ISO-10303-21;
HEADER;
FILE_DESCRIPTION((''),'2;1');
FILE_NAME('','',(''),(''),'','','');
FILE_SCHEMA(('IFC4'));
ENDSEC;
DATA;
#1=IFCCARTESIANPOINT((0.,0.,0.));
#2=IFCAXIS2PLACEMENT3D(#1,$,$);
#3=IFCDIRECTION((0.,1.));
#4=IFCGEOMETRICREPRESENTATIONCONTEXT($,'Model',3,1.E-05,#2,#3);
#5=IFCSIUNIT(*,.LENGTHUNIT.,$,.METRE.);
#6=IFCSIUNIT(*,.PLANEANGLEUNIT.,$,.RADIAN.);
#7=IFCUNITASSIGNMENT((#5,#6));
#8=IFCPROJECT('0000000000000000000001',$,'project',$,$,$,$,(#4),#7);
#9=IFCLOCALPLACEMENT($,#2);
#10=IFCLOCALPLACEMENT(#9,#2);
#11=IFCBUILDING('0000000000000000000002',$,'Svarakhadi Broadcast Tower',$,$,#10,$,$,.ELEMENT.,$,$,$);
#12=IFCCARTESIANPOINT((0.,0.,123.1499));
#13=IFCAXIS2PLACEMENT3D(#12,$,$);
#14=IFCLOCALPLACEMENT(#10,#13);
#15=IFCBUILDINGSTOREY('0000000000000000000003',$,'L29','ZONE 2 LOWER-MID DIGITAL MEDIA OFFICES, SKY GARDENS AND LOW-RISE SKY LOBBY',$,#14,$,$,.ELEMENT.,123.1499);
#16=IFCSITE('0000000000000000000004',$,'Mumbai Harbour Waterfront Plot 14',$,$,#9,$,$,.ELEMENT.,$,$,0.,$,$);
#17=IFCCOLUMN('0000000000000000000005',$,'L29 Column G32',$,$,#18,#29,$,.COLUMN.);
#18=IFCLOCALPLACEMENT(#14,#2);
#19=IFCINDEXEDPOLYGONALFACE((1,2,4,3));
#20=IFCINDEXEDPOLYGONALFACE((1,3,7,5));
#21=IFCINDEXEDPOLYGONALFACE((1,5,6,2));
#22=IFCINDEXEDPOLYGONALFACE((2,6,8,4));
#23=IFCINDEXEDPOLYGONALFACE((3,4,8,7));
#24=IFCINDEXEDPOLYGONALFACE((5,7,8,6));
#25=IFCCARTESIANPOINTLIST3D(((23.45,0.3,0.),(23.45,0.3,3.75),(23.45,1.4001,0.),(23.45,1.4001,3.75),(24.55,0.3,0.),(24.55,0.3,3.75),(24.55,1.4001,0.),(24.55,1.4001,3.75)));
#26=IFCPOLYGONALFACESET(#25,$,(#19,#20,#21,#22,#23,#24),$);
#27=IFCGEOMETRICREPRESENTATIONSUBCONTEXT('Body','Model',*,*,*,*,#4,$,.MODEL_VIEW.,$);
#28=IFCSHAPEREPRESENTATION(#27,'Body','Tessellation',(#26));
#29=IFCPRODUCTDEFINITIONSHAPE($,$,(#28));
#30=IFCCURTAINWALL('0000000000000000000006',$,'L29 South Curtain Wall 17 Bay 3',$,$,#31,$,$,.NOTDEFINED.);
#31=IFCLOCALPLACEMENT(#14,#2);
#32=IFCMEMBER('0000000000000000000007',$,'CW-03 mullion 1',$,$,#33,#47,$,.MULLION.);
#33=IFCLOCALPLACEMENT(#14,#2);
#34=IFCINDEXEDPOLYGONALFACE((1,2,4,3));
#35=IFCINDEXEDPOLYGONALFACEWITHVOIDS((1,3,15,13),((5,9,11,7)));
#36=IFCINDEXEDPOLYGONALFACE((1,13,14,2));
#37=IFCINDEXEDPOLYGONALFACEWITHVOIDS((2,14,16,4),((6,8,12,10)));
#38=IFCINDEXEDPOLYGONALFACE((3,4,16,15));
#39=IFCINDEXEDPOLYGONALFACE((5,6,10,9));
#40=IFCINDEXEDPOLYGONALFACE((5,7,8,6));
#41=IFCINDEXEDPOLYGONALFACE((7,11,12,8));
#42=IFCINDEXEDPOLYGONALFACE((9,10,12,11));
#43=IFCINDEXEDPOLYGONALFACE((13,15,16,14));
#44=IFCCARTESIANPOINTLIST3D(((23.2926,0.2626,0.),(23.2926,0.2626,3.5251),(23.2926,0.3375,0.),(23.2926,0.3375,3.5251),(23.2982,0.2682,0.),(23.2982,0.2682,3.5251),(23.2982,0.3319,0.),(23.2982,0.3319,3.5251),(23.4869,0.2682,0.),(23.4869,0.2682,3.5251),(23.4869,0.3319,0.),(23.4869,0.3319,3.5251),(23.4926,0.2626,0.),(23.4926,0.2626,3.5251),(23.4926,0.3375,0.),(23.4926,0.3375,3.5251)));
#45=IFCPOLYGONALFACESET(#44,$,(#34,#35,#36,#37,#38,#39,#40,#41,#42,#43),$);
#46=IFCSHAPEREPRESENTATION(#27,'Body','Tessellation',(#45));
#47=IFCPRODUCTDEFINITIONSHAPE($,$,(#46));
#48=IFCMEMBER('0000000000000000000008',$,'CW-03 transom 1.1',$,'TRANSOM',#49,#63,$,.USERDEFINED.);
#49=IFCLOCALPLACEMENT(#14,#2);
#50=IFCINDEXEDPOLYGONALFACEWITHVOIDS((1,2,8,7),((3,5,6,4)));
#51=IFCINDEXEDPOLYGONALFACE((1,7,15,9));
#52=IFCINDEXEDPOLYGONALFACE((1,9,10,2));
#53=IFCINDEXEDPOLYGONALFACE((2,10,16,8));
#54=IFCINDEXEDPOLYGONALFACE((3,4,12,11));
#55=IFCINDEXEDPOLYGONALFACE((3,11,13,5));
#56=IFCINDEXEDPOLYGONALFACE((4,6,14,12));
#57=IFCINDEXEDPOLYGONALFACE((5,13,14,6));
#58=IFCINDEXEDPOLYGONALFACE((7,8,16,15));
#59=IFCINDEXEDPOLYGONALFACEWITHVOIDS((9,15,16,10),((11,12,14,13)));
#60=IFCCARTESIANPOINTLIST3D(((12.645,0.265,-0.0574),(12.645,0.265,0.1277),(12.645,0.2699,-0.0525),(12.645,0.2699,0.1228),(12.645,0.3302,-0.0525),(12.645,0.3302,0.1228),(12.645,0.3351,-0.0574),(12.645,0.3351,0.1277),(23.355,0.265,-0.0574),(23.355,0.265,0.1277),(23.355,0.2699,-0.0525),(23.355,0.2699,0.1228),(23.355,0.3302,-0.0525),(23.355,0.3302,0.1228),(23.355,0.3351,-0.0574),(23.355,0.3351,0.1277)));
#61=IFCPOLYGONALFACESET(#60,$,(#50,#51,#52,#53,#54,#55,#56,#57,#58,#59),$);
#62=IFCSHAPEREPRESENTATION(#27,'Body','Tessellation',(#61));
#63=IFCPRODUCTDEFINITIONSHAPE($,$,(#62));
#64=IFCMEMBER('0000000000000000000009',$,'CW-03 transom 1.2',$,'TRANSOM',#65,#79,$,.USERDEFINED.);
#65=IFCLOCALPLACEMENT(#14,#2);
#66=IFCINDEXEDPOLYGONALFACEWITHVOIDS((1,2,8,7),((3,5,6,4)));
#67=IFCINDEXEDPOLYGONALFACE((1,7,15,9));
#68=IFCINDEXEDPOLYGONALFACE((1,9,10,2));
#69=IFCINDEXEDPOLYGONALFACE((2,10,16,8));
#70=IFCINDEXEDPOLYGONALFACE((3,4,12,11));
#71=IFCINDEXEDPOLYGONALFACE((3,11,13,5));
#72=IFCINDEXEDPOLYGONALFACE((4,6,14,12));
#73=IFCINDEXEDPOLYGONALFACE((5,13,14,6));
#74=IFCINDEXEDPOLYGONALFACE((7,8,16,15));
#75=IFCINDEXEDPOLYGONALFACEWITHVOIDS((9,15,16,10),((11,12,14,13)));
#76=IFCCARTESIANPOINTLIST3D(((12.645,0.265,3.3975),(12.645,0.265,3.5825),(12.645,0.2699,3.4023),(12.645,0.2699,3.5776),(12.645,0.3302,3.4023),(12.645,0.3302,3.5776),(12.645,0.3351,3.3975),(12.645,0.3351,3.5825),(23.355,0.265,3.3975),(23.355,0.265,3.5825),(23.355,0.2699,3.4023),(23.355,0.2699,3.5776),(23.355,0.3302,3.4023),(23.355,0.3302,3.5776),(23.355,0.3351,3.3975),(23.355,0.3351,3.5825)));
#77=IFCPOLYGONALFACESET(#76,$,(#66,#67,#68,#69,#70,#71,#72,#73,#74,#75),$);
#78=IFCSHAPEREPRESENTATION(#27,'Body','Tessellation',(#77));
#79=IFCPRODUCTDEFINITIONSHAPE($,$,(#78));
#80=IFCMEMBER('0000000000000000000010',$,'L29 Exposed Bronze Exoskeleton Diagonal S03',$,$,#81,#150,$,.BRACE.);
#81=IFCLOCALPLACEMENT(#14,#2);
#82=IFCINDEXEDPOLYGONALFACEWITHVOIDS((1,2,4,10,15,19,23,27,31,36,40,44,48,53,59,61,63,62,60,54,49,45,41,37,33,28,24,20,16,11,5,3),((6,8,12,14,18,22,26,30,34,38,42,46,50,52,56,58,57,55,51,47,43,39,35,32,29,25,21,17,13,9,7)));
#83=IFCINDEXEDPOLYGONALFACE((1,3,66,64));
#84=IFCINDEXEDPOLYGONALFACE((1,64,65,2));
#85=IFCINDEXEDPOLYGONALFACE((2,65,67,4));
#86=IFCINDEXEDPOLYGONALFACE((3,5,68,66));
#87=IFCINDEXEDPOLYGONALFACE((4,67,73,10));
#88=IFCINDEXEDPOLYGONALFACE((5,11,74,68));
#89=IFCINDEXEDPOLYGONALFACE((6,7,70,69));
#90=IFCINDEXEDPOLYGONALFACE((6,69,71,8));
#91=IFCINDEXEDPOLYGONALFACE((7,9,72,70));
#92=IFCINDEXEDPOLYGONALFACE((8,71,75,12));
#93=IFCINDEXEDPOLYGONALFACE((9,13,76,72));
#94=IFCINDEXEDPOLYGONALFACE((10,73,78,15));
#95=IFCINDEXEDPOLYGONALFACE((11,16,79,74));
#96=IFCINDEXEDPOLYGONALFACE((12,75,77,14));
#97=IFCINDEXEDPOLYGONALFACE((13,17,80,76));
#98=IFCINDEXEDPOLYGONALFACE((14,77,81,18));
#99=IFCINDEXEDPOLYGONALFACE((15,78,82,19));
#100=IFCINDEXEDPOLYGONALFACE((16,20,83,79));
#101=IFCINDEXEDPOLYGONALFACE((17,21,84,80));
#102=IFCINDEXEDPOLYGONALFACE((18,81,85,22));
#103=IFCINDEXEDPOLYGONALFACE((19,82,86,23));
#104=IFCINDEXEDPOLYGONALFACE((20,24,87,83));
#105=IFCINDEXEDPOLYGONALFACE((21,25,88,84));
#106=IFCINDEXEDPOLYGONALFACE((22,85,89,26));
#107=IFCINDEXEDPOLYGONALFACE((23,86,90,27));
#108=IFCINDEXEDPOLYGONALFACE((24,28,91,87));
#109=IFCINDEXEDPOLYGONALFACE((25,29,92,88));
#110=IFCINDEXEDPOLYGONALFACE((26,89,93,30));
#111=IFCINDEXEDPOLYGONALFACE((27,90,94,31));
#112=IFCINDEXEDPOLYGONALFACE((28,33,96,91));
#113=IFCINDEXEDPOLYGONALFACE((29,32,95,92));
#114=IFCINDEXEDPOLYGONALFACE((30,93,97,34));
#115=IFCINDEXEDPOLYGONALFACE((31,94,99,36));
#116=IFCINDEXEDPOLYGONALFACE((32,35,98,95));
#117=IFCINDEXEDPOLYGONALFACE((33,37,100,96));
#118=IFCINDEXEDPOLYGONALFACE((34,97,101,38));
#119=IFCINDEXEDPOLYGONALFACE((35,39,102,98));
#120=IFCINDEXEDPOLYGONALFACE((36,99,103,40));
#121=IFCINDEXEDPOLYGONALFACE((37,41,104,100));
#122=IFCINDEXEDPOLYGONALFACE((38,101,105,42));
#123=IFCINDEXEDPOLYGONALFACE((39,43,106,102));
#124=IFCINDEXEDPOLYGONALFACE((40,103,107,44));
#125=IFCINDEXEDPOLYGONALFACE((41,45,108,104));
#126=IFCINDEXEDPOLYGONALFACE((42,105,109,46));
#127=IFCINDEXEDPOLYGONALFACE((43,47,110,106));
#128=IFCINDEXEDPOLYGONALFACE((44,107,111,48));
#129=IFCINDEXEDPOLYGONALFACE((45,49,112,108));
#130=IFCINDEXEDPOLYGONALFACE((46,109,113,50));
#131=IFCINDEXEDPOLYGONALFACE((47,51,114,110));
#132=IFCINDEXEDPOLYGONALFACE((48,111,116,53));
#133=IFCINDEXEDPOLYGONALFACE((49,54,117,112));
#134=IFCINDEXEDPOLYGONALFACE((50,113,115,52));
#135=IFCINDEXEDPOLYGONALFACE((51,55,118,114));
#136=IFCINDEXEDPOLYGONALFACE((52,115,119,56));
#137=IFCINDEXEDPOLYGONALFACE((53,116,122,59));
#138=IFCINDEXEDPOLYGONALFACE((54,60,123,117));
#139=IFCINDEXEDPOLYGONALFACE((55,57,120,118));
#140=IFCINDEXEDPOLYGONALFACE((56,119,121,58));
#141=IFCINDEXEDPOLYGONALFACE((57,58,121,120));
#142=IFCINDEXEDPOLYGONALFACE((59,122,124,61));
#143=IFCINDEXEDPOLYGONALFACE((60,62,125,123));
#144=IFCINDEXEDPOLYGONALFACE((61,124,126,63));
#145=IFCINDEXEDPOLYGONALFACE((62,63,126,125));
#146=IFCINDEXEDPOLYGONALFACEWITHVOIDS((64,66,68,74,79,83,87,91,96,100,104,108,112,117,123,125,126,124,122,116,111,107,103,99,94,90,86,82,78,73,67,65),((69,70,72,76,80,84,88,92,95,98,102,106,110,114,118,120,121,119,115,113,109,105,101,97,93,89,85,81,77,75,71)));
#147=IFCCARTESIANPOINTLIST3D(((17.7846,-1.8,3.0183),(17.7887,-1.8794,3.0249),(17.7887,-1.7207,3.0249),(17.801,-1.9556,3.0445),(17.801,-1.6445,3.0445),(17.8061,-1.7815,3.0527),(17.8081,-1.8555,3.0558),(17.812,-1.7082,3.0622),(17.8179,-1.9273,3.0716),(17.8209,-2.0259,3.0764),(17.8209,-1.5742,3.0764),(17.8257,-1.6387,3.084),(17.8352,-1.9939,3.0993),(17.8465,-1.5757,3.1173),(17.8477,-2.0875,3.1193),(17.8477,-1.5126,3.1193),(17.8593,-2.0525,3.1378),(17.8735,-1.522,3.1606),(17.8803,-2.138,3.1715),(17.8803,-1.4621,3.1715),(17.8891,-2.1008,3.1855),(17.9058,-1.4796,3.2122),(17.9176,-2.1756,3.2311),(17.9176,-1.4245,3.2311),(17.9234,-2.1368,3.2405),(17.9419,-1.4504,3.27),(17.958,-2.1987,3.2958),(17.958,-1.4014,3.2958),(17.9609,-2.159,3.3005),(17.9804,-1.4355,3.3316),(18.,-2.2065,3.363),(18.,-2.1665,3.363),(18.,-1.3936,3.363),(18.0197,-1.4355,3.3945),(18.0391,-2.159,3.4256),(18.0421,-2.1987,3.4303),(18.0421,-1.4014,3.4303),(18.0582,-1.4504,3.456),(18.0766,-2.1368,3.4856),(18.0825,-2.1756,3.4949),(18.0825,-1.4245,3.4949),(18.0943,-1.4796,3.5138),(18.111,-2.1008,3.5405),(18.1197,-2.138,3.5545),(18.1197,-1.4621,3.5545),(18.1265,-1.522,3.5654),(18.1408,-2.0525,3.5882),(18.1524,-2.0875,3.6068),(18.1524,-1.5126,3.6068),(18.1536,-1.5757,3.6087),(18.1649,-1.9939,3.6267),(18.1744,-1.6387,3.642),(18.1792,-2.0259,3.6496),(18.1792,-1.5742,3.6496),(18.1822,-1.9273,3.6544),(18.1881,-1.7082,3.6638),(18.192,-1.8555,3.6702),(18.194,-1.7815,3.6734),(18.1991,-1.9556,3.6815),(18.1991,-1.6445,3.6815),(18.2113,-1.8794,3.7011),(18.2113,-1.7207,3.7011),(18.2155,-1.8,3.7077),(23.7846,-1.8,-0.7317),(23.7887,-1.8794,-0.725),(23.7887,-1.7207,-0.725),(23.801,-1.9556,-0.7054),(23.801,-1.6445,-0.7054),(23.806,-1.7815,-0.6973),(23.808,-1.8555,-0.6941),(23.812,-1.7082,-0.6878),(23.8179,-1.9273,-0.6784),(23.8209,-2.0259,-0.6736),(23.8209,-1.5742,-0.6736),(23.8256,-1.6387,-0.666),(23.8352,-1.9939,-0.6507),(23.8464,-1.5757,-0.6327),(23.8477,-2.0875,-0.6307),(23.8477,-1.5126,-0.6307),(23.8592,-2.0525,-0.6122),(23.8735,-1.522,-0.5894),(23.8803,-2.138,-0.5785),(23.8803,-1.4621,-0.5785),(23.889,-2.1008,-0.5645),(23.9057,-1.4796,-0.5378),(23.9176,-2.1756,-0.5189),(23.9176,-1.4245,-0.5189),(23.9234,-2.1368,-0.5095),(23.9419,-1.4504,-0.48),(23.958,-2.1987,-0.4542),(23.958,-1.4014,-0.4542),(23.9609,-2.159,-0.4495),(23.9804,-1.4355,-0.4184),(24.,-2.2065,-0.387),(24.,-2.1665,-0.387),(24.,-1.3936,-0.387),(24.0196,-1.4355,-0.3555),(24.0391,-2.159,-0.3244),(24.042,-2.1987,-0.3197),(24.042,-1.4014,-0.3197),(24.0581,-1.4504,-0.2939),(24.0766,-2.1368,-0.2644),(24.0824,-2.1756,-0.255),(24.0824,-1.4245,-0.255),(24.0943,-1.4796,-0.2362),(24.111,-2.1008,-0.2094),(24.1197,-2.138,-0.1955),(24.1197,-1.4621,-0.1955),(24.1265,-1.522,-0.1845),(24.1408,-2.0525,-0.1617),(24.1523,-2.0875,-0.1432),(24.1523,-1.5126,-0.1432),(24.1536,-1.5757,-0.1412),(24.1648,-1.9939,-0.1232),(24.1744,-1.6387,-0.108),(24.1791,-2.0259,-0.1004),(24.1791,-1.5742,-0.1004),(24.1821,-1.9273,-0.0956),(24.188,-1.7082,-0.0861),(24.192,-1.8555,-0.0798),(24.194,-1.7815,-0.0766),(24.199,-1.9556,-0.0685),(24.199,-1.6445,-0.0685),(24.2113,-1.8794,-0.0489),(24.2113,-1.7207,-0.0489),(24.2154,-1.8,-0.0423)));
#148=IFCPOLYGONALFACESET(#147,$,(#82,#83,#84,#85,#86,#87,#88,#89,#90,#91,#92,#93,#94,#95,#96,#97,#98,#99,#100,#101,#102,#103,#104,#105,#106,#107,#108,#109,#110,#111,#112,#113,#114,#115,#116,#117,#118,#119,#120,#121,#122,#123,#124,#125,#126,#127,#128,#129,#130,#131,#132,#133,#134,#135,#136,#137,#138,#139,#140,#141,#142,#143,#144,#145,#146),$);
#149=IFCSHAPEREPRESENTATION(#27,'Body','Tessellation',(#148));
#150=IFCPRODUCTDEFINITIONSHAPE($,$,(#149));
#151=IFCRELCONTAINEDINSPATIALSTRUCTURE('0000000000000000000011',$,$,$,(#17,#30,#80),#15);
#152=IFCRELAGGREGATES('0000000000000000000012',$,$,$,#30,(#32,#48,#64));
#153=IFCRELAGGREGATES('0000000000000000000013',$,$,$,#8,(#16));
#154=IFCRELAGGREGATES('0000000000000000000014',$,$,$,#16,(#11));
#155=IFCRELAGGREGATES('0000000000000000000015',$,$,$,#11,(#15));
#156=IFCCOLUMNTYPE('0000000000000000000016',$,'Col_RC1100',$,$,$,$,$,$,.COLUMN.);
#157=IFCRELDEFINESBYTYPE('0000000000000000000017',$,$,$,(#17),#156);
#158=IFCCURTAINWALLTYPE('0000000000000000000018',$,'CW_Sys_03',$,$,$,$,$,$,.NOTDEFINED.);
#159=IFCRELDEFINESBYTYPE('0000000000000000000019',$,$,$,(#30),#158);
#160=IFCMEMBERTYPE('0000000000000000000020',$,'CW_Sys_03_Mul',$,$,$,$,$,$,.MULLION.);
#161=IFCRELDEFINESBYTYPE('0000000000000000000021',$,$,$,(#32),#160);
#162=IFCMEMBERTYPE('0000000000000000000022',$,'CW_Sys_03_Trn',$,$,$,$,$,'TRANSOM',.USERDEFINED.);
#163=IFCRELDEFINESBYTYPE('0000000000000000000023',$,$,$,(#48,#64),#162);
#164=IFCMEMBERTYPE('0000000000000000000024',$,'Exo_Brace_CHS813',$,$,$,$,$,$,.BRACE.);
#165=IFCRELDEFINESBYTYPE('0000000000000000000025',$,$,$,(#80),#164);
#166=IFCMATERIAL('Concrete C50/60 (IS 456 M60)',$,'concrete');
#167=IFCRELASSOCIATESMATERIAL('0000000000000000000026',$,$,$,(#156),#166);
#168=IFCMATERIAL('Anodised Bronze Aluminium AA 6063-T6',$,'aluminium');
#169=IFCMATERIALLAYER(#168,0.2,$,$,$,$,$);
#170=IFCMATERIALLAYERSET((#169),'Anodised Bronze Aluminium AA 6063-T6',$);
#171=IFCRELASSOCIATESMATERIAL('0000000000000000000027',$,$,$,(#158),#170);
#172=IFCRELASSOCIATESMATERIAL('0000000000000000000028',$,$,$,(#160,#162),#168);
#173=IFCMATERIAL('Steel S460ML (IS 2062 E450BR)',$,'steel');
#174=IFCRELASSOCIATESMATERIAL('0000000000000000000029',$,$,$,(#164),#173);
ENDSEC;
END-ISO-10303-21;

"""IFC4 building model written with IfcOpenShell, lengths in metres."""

from ifc_helpers import new_model, si_unit, direction, frame, origin, origin_2d, place, context, subcontext, project, spatial, rectangle, hollow_rectangle, hollow_circle, extrude, material, layer, layer_set, material_profile, profile_set, type_object, element, aggregate, save


model = new_model("IFC4")

# Units and contexts
model_context = context("Model", 3, precision=1e-05, world=origin(), true_north=direction((0.0, 1.0)))
body_context = subcontext(model_context, "Body", "Model", "MODEL_VIEW")
ifc_project = project(units=[si_unit("LENGTHUNIT", "METRE"), si_unit("PLANEANGLEUNIT", "RADIAN")], contexts=[model_context])

# Site, building, storey
site_placement = place(None, origin())
site = spatial("IfcSite", under=ifc_project, at=site_placement, Name="Mumbai Harbour Waterfront Plot 14", CompositionType="ELEMENT", RefElevation=0.0)
building_placement = place(site_placement, origin())
building = spatial("IfcBuilding", under=site, at=building_placement, Name="Svarakhadi Broadcast Tower", CompositionType="ELEMENT")
storey_placement = place(building_placement, frame((0.0, 0.0, 123.1499)))
storey = spatial("IfcBuildingStorey", under=building, at=storey_placement, Name="L29", Description="ZONE 2 LOWER-MID DIGITAL MEDIA OFFICES, SKY GARDENS AND LOW-RISE SKY LOBBY", CompositionType="ELEMENT", Elevation=123.1499)

# Column
ifc_material_1 = material(Name="Concrete C50/60 (IS 456 M60)", Category="concrete")
ifc_material_profile_1 = material_profile(ifc_material_1, rectangle(XDim=1.1001, YDim=1.1001, at=origin_2d()), Name="RC 1100x1100")
ifc_profile_set_1 = profile_set([ifc_material_profile_1], Name="Concrete C50/60 (IS 456 M60)")
column_type = type_object("IfcColumnType", Name="Col_RC1100", PredefinedType="COLUMN", material=ifc_profile_set_1)
column_placement = place(storey_placement, frame((24.0, 0.8501, 0.0), z_axis=(0.0, 0.0, 1.0), x_axis=(1.0, 0.0, 0.0)))
element("IfcColumn", 1, at=column_placement, inside=storey, type_object=column_type, Name="L29 Column G32", PredefinedType="COLUMN", context=body_context, shape_type="SweptSolid", body=[
    extrude(rectangle(XDim=1.1001, YDim=1.1001, at=origin_2d()), origin(), (0.0, 0.0, 1.0), 3.75),
])

# Curtain wall, members
ifc_material_2 = material(Name="Anodised Bronze Aluminium AA 6063-T6", Category="aluminium")
ifc_layer_1 = layer(ifc_material_2, 0.2)
ifc_layer_set_1 = layer_set([ifc_layer_1], Name="Anodised Bronze Aluminium AA 6063-T6")
curtain_wall_type = type_object("IfcCurtainWallType", Name="CW_Sys_03", PredefinedType="NOTDEFINED", material=ifc_layer_set_1)
curtain_wall_placement = place(storey_placement, origin())
curtain_wall = element("IfcCurtainWall", 2, at=curtain_wall_placement, inside=storey, type_object=curtain_wall_type, Name="L29 South Curtain Wall 17 Bay 3", PredefinedType="NOTDEFINED")
ifc_material_profile_2 = material_profile(ifc_material_2, hollow_rectangle(XDim=0.075, YDim=0.2, WallThickness=0.0056, at=origin_2d()), Name="ALU MULLION 200x75x6")
ifc_profile_set_2 = profile_set([ifc_material_profile_2], Name="Anodised Bronze Aluminium AA 6063-T6")
member_type_1 = type_object("IfcMemberType", Name="CW_Sys_03_Mul", PredefinedType="MULLION", material=ifc_profile_set_2)
member_1_placement = place(storey_placement, frame((23.3926, 0.3, 0.0), z_axis=(0.0, 0.0, 1.0), x_axis=(0.0, -1.0, 0.0)))
member_1 = element("IfcMember", 3, at=member_1_placement, type_object=member_type_1, Name="CW-03 mullion 1", PredefinedType="MULLION", context=body_context, shape_type="SweptSolid", body=[
    extrude(hollow_rectangle(XDim=0.075, YDim=0.2, WallThickness=0.0056, at=origin_2d()), origin(), (0.0, 0.0, 1.0), 3.5251),
])
ifc_material_profile_3 = material_profile(ifc_material_2, hollow_rectangle(XDim=0.0701, YDim=0.1851, WallThickness=0.0049, at=origin_2d()), Name="ALU TRANSOM 185x70x5")
ifc_profile_set_3 = profile_set([ifc_material_profile_3], Name="Anodised Bronze Aluminium AA 6063-T6")
member_type_2 = type_object("IfcMemberType", Name="CW_Sys_03_Trn", ElementType="TRANSOM", PredefinedType="USERDEFINED", material=ifc_profile_set_3)
member_2_placement = place(storey_placement, frame((23.355, 0.3, 0.0352), z_axis=(-1.0, 0.0, 0.0), x_axis=(0.0, -1.0, 0.0)))
member_2 = element("IfcMember", 4, at=member_2_placement, type_object=member_type_2, Name="CW-03 transom 1.1", ObjectType="TRANSOM", PredefinedType="USERDEFINED", context=body_context, shape_type="SweptSolid", body=[
    extrude(hollow_rectangle(XDim=0.0701, YDim=0.1851, WallThickness=0.0049, at=origin_2d()), origin(), (0.0, 0.0, 1.0), 10.71),
])
member_3_placement = place(storey_placement, frame((23.355, 0.3, 3.49), z_axis=(-1.0, 0.0, 0.0), x_axis=(0.0, -1.0, 0.0)))
member_3 = element("IfcMember", 5, at=member_3_placement, type_object=member_type_2, Name="CW-03 transom 1.2", ObjectType="TRANSOM", PredefinedType="USERDEFINED", context=body_context, shape_type="SweptSolid", body=[
    extrude(hollow_rectangle(XDim=0.0701, YDim=0.1851, WallThickness=0.0049, at=origin_2d()), origin(), (0.0, 0.0, 1.0), 10.71),
])

# Member
ifc_material_3 = material(Name="Steel S460ML (IS 2062 E450BR)", Category="steel")
ifc_material_profile_4 = material_profile(ifc_material_3, hollow_circle(Radius=0.4065, WallThickness=0.04, at=origin_2d()), Name="CHS 813x40")
ifc_profile_set_4 = profile_set([ifc_material_profile_4], Name="Steel S460ML (IS 2062 E450BR)")
member_type_3 = type_object("IfcMemberType", Name="Exo_Brace_CHS813", PredefinedType="BRACE", material=ifc_profile_set_4)
for number, where, z_axis, x_axis, name in (
    (6, (24.0, -1.8, -0.387), (-0.847998, 0.0, 0.529999), (0.0, -1.0, 0.0), "L29 Exposed Bronze Exoskeleton Diagonal S03"),
):
    element("IfcMember", number, at=place(storey_placement, frame(where, z_axis=z_axis, x_axis=x_axis)), inside=storey, type_object=member_type_3, Name=name, PredefinedType="BRACE", context=body_context, shape_type="SweptSolid", body=[
        extrude(hollow_circle(Radius=0.4065, WallThickness=0.04, at=origin_2d()), origin(), (0.0, 0.0, 1.0), 7.0754),
    ])

aggregate(curtain_wall, [member_1, member_2, member_3])

save(model, "model.ifc")
